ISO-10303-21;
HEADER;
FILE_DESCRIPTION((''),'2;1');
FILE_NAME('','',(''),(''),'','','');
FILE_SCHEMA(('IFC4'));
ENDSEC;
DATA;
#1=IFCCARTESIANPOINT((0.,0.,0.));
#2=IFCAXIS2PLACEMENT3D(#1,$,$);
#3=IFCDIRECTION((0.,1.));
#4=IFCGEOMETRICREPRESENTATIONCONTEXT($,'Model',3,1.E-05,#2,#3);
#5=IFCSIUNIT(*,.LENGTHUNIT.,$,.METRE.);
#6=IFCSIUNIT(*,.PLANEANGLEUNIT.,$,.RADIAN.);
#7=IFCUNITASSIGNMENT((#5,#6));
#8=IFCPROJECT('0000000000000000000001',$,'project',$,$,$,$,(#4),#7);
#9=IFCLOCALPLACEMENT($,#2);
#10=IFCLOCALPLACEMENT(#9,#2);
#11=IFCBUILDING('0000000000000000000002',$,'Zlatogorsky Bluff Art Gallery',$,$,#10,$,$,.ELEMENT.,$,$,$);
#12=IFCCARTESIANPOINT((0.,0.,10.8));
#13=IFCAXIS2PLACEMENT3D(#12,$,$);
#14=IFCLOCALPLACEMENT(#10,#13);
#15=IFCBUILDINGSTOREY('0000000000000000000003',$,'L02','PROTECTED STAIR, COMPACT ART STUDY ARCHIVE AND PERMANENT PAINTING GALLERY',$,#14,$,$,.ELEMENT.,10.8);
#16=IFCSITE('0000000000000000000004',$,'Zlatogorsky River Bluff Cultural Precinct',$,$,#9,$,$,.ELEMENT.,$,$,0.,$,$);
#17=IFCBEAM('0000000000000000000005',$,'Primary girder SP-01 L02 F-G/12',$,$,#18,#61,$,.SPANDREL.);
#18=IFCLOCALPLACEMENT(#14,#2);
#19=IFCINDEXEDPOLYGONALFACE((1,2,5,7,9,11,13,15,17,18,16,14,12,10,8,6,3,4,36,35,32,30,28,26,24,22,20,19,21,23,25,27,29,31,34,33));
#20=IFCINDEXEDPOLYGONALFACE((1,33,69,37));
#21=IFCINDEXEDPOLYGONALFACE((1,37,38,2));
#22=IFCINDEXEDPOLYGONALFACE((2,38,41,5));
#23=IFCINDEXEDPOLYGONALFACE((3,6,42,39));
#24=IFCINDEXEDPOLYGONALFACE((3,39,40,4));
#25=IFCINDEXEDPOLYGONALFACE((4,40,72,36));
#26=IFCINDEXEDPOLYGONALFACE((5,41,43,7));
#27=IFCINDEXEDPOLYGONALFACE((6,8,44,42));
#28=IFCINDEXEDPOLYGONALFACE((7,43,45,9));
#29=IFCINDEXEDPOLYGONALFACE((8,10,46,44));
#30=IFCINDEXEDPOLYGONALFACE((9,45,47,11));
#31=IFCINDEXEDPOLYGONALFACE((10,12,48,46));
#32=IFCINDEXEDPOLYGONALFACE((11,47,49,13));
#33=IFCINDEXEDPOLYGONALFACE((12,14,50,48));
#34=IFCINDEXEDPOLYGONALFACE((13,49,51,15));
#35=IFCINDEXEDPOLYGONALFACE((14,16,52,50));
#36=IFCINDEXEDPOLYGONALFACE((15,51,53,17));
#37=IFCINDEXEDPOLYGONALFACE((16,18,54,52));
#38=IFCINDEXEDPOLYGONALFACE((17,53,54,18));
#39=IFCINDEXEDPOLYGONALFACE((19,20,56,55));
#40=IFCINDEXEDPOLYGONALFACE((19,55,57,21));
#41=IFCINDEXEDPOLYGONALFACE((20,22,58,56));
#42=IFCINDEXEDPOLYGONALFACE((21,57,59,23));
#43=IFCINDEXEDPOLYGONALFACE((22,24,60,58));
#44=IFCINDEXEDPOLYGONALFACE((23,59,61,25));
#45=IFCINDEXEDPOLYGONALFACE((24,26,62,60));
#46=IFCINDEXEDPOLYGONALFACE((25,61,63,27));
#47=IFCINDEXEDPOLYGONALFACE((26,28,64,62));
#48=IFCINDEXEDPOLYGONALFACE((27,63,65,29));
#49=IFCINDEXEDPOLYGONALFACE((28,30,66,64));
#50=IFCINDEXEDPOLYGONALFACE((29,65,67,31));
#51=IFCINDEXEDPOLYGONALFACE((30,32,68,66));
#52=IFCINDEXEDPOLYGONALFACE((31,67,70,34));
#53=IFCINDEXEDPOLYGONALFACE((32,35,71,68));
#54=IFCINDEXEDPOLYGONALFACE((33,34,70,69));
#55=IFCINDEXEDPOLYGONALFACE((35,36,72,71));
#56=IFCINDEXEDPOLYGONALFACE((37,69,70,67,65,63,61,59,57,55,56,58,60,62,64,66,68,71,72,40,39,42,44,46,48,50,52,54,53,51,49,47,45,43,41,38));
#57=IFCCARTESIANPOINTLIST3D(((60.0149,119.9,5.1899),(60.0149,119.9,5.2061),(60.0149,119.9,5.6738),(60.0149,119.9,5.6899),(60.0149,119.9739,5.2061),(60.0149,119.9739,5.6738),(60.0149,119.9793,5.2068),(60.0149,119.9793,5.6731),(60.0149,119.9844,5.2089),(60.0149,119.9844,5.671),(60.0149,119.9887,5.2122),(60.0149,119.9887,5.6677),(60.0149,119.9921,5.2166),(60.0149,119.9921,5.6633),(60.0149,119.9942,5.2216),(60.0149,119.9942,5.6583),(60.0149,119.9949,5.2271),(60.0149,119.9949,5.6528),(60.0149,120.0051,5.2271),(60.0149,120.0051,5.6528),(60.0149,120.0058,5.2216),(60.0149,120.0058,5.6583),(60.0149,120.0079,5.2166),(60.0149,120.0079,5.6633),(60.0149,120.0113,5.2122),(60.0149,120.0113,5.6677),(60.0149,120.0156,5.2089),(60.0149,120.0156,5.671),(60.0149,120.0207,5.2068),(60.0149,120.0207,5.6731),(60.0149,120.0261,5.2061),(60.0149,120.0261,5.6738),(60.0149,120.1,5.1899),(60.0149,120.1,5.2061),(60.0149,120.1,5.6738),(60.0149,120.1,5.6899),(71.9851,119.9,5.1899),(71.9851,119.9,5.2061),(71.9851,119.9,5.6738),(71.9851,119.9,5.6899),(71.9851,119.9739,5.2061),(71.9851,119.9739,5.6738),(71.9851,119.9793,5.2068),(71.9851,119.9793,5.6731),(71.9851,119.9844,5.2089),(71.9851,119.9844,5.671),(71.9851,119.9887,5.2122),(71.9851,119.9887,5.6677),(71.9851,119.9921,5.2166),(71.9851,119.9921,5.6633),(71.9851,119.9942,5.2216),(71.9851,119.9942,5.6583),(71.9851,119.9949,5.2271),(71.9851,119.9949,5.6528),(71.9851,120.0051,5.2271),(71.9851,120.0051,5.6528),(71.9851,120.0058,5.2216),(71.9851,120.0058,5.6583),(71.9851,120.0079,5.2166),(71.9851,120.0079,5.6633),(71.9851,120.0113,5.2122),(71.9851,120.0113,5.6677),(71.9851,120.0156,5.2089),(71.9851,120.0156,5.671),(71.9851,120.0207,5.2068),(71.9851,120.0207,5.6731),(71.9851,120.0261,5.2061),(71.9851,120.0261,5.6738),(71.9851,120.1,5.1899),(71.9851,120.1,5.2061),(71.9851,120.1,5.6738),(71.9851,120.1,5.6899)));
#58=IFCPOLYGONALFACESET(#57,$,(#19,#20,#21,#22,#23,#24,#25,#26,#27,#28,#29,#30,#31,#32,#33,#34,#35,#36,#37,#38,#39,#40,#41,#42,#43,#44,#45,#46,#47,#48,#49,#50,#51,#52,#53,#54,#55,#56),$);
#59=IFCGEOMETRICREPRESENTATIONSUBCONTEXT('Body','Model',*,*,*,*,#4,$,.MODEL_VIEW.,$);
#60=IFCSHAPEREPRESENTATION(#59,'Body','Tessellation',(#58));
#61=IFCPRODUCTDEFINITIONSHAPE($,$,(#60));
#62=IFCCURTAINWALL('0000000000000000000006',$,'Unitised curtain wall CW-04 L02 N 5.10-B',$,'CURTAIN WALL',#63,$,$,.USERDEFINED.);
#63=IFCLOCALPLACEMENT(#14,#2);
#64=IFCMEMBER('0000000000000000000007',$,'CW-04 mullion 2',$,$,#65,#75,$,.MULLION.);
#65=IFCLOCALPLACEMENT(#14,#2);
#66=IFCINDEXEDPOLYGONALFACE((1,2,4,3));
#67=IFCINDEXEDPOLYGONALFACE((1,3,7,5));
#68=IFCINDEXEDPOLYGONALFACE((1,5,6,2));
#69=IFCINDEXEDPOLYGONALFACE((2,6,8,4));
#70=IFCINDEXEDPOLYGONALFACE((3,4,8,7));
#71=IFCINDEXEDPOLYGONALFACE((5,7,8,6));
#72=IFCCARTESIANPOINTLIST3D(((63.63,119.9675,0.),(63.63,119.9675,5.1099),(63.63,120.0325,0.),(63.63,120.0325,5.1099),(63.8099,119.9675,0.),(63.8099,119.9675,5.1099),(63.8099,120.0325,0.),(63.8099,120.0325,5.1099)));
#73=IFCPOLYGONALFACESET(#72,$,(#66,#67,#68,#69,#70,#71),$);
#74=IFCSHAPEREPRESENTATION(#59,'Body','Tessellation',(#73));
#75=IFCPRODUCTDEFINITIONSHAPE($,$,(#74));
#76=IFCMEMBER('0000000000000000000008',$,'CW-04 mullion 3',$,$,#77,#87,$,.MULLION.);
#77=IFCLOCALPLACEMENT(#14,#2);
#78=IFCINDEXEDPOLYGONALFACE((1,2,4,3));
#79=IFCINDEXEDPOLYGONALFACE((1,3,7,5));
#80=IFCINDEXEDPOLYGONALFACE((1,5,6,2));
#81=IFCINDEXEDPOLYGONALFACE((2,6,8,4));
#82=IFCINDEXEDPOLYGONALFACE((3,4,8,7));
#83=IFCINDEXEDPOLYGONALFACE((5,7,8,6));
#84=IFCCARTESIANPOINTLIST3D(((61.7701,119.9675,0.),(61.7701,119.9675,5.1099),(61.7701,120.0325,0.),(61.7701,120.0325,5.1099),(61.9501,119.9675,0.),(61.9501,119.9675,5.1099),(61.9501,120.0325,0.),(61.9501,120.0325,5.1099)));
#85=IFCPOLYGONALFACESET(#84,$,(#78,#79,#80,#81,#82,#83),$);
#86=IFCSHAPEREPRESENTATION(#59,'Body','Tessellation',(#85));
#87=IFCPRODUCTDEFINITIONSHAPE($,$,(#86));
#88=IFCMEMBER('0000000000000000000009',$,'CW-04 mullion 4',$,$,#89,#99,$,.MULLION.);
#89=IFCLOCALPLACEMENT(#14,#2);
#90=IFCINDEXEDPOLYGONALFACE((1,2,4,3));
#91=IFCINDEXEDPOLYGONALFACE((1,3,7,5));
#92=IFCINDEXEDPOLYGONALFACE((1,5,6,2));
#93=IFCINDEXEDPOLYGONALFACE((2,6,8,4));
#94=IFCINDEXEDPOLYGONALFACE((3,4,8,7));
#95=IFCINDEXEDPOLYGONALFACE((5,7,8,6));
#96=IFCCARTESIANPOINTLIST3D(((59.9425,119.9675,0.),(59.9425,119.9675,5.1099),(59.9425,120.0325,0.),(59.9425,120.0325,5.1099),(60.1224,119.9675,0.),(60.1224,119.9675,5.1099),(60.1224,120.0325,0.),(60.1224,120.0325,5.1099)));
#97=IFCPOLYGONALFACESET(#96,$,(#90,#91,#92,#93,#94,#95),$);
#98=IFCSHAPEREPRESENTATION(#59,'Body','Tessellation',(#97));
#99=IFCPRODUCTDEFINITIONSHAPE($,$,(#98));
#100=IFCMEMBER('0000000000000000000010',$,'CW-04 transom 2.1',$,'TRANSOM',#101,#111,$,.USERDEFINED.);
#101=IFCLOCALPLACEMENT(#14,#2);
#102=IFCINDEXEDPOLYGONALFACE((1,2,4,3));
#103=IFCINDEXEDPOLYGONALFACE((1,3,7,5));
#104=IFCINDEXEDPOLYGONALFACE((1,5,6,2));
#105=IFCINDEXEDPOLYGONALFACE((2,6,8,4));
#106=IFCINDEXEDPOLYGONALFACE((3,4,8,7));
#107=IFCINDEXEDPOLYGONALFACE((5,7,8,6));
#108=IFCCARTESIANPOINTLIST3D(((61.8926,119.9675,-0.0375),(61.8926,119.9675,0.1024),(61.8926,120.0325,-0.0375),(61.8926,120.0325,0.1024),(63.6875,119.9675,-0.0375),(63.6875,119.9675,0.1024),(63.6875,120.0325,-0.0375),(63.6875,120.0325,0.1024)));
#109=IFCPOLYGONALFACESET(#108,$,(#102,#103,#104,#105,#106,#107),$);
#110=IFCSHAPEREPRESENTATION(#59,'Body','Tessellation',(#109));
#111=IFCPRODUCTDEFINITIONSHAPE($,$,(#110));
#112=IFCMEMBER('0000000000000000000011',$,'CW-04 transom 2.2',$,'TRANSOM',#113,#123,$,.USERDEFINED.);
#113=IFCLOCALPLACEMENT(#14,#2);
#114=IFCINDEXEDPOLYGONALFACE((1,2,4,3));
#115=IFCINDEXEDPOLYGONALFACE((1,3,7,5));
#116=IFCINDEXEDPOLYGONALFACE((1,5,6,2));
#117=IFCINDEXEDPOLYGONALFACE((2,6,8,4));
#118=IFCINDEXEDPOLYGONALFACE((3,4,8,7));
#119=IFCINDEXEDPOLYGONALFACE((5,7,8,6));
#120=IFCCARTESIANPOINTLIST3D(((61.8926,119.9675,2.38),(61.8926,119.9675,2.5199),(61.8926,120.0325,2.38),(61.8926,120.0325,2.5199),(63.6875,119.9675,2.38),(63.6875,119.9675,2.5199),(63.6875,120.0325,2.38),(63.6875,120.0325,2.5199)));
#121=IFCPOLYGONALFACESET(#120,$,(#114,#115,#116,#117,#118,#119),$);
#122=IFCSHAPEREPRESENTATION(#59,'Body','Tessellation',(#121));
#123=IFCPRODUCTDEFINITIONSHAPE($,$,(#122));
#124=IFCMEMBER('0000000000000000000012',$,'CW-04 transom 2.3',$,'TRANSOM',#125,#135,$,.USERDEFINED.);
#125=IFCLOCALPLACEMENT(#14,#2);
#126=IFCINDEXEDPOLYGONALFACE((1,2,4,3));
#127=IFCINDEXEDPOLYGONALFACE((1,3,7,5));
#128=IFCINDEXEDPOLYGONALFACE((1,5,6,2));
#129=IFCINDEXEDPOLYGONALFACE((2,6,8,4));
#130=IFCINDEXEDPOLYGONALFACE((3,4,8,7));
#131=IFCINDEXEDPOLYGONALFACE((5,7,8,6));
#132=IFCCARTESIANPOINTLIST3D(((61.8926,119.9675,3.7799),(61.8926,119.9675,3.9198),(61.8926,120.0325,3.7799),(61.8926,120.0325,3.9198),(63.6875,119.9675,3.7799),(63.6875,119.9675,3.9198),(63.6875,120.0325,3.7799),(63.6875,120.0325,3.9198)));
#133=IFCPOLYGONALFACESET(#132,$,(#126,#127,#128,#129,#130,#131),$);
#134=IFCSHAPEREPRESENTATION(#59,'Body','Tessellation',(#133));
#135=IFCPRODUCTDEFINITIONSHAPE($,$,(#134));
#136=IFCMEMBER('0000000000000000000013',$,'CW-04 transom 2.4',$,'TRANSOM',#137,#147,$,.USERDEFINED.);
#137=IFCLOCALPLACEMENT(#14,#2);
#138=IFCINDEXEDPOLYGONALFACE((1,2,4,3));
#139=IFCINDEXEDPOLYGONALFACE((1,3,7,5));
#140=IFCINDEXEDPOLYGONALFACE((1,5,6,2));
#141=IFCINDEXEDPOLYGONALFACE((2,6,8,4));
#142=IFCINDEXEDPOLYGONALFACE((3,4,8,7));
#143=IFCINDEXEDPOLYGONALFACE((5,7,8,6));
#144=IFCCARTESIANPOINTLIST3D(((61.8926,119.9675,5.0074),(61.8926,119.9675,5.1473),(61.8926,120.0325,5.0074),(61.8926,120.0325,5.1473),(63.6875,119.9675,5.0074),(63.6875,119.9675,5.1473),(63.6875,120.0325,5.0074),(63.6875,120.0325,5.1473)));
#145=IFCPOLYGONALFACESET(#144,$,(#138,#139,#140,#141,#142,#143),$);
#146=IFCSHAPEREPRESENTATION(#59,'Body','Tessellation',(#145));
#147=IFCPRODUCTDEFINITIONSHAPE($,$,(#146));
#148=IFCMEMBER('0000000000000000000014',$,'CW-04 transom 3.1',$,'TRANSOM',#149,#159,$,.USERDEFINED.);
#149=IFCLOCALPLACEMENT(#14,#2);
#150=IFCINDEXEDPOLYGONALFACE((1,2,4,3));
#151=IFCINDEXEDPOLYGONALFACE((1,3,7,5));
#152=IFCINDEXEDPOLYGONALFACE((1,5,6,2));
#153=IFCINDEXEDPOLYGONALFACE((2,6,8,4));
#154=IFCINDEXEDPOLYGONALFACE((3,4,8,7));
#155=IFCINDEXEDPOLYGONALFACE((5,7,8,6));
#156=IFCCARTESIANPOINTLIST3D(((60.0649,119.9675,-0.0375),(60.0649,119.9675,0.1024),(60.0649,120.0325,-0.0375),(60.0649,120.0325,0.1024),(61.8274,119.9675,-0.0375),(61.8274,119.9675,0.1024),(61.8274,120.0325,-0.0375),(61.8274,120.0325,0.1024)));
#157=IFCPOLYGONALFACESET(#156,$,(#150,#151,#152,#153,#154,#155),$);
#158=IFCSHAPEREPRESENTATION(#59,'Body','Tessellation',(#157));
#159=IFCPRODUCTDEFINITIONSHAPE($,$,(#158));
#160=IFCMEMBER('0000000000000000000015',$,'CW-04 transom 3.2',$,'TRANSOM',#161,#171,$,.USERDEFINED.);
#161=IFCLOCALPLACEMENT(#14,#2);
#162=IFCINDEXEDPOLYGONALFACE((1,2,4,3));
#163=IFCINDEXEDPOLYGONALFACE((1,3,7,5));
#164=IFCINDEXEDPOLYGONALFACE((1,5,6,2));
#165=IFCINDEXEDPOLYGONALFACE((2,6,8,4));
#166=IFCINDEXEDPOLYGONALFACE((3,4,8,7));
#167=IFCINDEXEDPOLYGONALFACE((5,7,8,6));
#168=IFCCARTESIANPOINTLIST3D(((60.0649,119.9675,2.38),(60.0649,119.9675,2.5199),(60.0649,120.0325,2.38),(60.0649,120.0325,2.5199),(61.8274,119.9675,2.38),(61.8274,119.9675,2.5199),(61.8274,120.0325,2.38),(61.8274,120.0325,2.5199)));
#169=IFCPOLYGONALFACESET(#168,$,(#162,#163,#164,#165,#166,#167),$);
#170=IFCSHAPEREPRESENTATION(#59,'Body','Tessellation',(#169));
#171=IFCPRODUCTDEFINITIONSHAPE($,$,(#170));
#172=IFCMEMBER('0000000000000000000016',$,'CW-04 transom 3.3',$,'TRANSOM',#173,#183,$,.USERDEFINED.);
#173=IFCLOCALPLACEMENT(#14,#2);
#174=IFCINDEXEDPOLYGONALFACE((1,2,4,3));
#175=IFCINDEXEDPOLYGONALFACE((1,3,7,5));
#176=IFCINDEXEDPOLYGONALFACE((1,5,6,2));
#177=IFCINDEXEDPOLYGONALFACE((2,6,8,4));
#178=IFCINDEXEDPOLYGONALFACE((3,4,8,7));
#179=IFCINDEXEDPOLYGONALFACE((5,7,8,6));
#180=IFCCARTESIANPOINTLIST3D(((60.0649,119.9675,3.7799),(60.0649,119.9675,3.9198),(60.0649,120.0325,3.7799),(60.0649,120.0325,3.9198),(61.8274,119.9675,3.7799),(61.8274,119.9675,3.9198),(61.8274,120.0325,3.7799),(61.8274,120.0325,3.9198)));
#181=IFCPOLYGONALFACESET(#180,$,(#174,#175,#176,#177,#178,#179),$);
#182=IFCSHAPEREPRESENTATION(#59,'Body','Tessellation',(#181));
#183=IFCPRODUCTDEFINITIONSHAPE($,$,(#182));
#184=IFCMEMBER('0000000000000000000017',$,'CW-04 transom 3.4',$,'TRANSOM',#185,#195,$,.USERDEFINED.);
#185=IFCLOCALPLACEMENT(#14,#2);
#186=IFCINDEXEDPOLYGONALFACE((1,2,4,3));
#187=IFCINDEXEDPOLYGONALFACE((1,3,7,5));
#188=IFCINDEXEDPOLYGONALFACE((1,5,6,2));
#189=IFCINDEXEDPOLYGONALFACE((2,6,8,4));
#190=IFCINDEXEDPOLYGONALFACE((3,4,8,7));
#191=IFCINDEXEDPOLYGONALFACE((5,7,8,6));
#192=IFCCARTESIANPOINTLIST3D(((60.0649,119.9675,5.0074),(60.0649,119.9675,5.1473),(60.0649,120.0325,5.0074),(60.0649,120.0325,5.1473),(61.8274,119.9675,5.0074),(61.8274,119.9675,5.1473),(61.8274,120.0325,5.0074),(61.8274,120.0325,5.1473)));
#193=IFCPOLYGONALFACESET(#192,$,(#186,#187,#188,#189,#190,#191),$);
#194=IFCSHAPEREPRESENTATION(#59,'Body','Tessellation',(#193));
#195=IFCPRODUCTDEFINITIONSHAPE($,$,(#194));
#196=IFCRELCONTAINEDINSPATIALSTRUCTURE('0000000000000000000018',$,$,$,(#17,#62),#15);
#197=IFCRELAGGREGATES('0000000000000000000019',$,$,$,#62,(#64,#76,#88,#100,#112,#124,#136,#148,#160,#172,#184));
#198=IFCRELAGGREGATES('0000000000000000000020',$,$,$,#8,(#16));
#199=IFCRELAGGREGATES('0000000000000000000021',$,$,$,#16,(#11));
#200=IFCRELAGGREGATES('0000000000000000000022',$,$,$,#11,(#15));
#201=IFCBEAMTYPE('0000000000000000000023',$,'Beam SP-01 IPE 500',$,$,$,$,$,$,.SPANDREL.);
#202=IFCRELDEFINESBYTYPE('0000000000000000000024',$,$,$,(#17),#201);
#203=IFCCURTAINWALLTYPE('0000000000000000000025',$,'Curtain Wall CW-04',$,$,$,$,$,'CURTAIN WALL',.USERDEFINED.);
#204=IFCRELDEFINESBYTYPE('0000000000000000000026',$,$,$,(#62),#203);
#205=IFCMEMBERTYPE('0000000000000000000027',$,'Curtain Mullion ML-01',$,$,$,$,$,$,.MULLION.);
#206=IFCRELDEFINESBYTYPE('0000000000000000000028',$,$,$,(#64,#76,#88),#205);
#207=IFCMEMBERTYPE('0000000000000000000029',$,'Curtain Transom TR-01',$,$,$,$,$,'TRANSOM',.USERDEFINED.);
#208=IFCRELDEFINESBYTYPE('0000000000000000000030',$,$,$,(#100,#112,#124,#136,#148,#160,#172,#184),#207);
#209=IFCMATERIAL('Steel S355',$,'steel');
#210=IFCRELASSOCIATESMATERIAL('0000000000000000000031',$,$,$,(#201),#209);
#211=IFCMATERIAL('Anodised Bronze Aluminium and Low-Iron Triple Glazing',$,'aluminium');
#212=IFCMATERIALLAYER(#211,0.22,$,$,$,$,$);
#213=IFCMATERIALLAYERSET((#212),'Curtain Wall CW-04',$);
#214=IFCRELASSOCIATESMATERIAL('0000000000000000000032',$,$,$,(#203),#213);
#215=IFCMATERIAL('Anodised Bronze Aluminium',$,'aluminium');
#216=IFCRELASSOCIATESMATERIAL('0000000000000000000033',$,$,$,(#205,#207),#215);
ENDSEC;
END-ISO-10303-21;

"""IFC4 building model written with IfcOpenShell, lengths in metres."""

from ifc_helpers import new_model, si_unit, direction, frame, origin, origin_2d, place, context, subcontext, project, spatial, rectangle, i_section, extrude, material, layer, layer_set, material_profile, profile_set, type_object, element, aggregate, save


model = new_model("IFC4")

# Units and contexts
model_context = context("Model", 3, precision=1e-05, world=origin(), true_north=direction((0.0, 1.0)))
body_context = subcontext(model_context, "Body", "Model", "MODEL_VIEW")
ifc_project = project(units=[si_unit("LENGTHUNIT", "METRE"), si_unit("PLANEANGLEUNIT", "RADIAN")], contexts=[model_context])

# Site, building, storey
site_placement = place(None, origin())
site = spatial("IfcSite", under=ifc_project, at=site_placement, Name="Zlatogorsky River Bluff Cultural Precinct", CompositionType="ELEMENT", RefElevation=0.0)
building_placement = place(site_placement, origin())
building = spatial("IfcBuilding", under=site, at=building_placement, Name="Zlatogorsky Bluff Art Gallery", CompositionType="ELEMENT")
storey_placement = place(building_placement, frame((0.0, 0.0, 10.8)))
storey = spatial("IfcBuildingStorey", under=building, at=storey_placement, Name="L02", Description="PROTECTED STAIR, COMPACT ART STUDY ARCHIVE AND PERMANENT PAINTING GALLERY", CompositionType="ELEMENT", Elevation=10.8)

# Beam
ifc_material_1 = material(Name="Steel S355", Category="steel")
ifc_material_profile_1 = material_profile(ifc_material_1, i_section(OverallWidth=0.2, OverallDepth=0.5, WebThickness=0.0103, FlangeThickness=0.0161, FilletRadius=0.021, at=origin_2d()), Name="IPE 500")
ifc_profile_set_1 = profile_set([ifc_material_profile_1], Name="Steel S355")
beam_type = type_object("IfcBeamType", Name="Beam SP-01 IPE 500", PredefinedType="SPANDREL", material=ifc_profile_set_1)
beam_placement = place(storey_placement, frame((60.0149, 120.0, 5.4399), z_axis=(1.0, 0.0, 0.0), x_axis=(0.0, 1.0, 0.0)))
element("IfcBeam", 1, at=beam_placement, inside=storey, type_object=beam_type, Name="Primary girder SP-01 L02 F-G/12", PredefinedType="SPANDREL", context=body_context, shape_type="SweptSolid", body=[
    extrude(i_section(OverallWidth=0.2, OverallDepth=0.5, WebThickness=0.0103, FlangeThickness=0.0161, FilletRadius=0.021, at=origin_2d()), origin(), (0.0, 0.0, 1.0), 11.9702),
])

# Curtain wall, members
ifc_material_2 = material(Name="Anodised Bronze Aluminium and Low-Iron Triple Glazing", Category="aluminium")
ifc_layer_1 = layer(ifc_material_2, 0.22)
ifc_layer_set_1 = layer_set([ifc_layer_1], Name="Curtain Wall CW-04")
curtain_wall_type = type_object("IfcCurtainWallType", Name="Curtain Wall CW-04", ElementType="CURTAIN WALL", PredefinedType="USERDEFINED", material=ifc_layer_set_1)
curtain_wall_placement = place(storey_placement, origin())
curtain_wall = element("IfcCurtainWall", 2, at=curtain_wall_placement, inside=storey, type_object=curtain_wall_type, Name="Unitised curtain wall CW-04 L02 N 5.10-B", ObjectType="CURTAIN WALL", PredefinedType="USERDEFINED")
ifc_material_3 = material(Name="Anodised Bronze Aluminium", Category="aluminium")
ifc_material_profile_2 = material_profile(ifc_material_3, rectangle(XDim=0.0649, YDim=0.1799, at=origin_2d()), Name="ALU MULLION 65x180")
ifc_profile_set_2 = profile_set([ifc_material_profile_2], Name="Anodised Bronze Aluminium")
member_type_1 = type_object("IfcMemberType", Name="Curtain Mullion ML-01", PredefinedType="MULLION", material=ifc_profile_set_2)
member_1_placement = place(storey_placement, frame((63.72, 120.0, 0.0), z_axis=(0.0, 0.0, 1.0), x_axis=(0.0, -1.0, 0.0)))
member_1 = element("IfcMember", 3, at=member_1_placement, type_object=member_type_1, Name="CW-04 mullion 2", PredefinedType="MULLION", context=body_context, shape_type="SweptSolid", body=[
    extrude(rectangle(XDim=0.0649, YDim=0.1799, at=origin_2d()), origin(), (0.0, 0.0, 1.0), 5.1099),
])
member_2_placement = place(storey_placement, frame((61.8601, 120.0, 0.0), z_axis=(0.0, 0.0, 1.0), x_axis=(0.0, -1.0, 0.0)))
member_2 = element("IfcMember", 4, at=member_2_placement, type_object=member_type_1, Name="CW-04 mullion 3", PredefinedType="MULLION", context=body_context, shape_type="SweptSolid", body=[
    extrude(rectangle(XDim=0.0649, YDim=0.1799, at=origin_2d()), origin(), (0.0, 0.0, 1.0), 5.1099),
])
member_3_placement = place(storey_placement, frame((60.0325, 120.0, 0.0), z_axis=(0.0, 0.0, 1.0), x_axis=(0.0, -1.0, 0.0)))
member_3 = element("IfcMember", 5, at=member_3_placement, type_object=member_type_1, Name="CW-04 mullion 4", PredefinedType="MULLION", context=body_context, shape_type="SweptSolid", body=[
    extrude(rectangle(XDim=0.0649, YDim=0.1799, at=origin_2d()), origin(), (0.0, 0.0, 1.0), 5.1099),
])
ifc_material_profile_3 = material_profile(ifc_material_3, rectangle(XDim=0.0649, YDim=0.1399, at=origin_2d()), Name="ALU TRANSOM 65x140")
ifc_profile_set_3 = profile_set([ifc_material_profile_3], Name="Anodised Bronze Aluminium")
member_type_2 = type_object("IfcMemberType", Name="Curtain Transom TR-01", ElementType="TRANSOM", PredefinedType="USERDEFINED", material=ifc_profile_set_3)
member_4_placement = place(storey_placement, frame((63.6875, 120.0, 0.0325), z_axis=(-1.0, 0.0, 0.0), x_axis=(0.0, -1.0, 0.0)))
member_4 = element("IfcMember", 6, at=member_4_placement, type_object=member_type_2, Name="CW-04 transom 2.1", ObjectType="TRANSOM", PredefinedType="USERDEFINED", context=body_context, shape_type="SweptSolid", body=[
    extrude(rectangle(XDim=0.0649, YDim=0.1399, at=origin_2d()), origin(), (0.0, 0.0, 1.0), 1.7949),
])
member_5_placement = place(storey_placement, frame((63.6875, 120.0, 2.45), z_axis=(-1.0, 0.0, 0.0), x_axis=(0.0, -1.0, 0.0)))
member_5 = element("IfcMember", 7, at=member_5_placement, type_object=member_type_2, Name="CW-04 transom 2.2", ObjectType="TRANSOM", PredefinedType="USERDEFINED", context=body_context, shape_type="SweptSolid", body=[
    extrude(rectangle(XDim=0.0649, YDim=0.1399, at=origin_2d()), origin(), (0.0, 0.0, 1.0), 1.7949),
])
member_6_placement = place(storey_placement, frame((63.6875, 120.0, 3.8499), z_axis=(-1.0, 0.0, 0.0), x_axis=(0.0, -1.0, 0.0)))
member_6 = element("IfcMember", 8, at=member_6_placement, type_object=member_type_2, Name="CW-04 transom 2.3", ObjectType="TRANSOM", PredefinedType="USERDEFINED", context=body_context, shape_type="SweptSolid", body=[
    extrude(rectangle(XDim=0.0649, YDim=0.1399, at=origin_2d()), origin(), (0.0, 0.0, 1.0), 1.7949),
])
member_7_placement = place(storey_placement, frame((63.6875, 120.0, 5.0774), z_axis=(-1.0, 0.0, 0.0), x_axis=(0.0, -1.0, 0.0)))
member_7 = element("IfcMember", 9, at=member_7_placement, type_object=member_type_2, Name="CW-04 transom 2.4", ObjectType="TRANSOM", PredefinedType="USERDEFINED", context=body_context, shape_type="SweptSolid", body=[
    extrude(rectangle(XDim=0.0649, YDim=0.1399, at=origin_2d()), origin(), (0.0, 0.0, 1.0), 1.7949),
])
member_8_placement = place(storey_placement, frame((61.8274, 120.0, 0.0325), z_axis=(-1.0, 0.0, 0.0), x_axis=(0.0, -1.0, 0.0)))
member_8 = element("IfcMember", 10, at=member_8_placement, type_object=member_type_2, Name="CW-04 transom 3.1", ObjectType="TRANSOM", PredefinedType="USERDEFINED", context=body_context, shape_type="SweptSolid", body=[
    extrude(rectangle(XDim=0.0649, YDim=0.1399, at=origin_2d()), origin(), (0.0, 0.0, 1.0), 1.7625),
])
member_9_placement = place(storey_placement, frame((61.8274, 120.0, 2.45), z_axis=(-1.0, 0.0, 0.0), x_axis=(0.0, -1.0, 0.0)))
member_9 = element("IfcMember", 11, at=member_9_placement, type_object=member_type_2, Name="CW-04 transom 3.2", ObjectType="TRANSOM", PredefinedType="USERDEFINED", context=body_context, shape_type="SweptSolid", body=[
    extrude(rectangle(XDim=0.0649, YDim=0.1399, at=origin_2d()), origin(), (0.0, 0.0, 1.0), 1.7625),
])
member_10_placement = place(storey_placement, frame((61.8274, 120.0, 3.8499), z_axis=(-1.0, 0.0, 0.0), x_axis=(0.0, -1.0, 0.0)))
member_10 = element("IfcMember", 12, at=member_10_placement, type_object=member_type_2, Name="CW-04 transom 3.3", ObjectType="TRANSOM", PredefinedType="USERDEFINED", context=body_context, shape_type="SweptSolid", body=[
    extrude(rectangle(XDim=0.0649, YDim=0.1399, at=origin_2d()), origin(), (0.0, 0.0, 1.0), 1.7625),
])
member_11_placement = place(storey_placement, frame((61.8274, 120.0, 5.0774), z_axis=(-1.0, 0.0, 0.0), x_axis=(0.0, -1.0, 0.0)))
member_11 = element("IfcMember", 13, at=member_11_placement, type_object=member_type_2, Name="CW-04 transom 3.4", ObjectType="TRANSOM", PredefinedType="USERDEFINED", context=body_context, shape_type="SweptSolid", body=[
    extrude(rectangle(XDim=0.0649, YDim=0.1399, at=origin_2d()), origin(), (0.0, 0.0, 1.0), 1.7625),
])
aggregate(curtain_wall, [member_1, member_2, member_3, member_4, member_5, member_6, member_7, member_8, member_9, member_10, member_11])

save(model, "model.ifc")
